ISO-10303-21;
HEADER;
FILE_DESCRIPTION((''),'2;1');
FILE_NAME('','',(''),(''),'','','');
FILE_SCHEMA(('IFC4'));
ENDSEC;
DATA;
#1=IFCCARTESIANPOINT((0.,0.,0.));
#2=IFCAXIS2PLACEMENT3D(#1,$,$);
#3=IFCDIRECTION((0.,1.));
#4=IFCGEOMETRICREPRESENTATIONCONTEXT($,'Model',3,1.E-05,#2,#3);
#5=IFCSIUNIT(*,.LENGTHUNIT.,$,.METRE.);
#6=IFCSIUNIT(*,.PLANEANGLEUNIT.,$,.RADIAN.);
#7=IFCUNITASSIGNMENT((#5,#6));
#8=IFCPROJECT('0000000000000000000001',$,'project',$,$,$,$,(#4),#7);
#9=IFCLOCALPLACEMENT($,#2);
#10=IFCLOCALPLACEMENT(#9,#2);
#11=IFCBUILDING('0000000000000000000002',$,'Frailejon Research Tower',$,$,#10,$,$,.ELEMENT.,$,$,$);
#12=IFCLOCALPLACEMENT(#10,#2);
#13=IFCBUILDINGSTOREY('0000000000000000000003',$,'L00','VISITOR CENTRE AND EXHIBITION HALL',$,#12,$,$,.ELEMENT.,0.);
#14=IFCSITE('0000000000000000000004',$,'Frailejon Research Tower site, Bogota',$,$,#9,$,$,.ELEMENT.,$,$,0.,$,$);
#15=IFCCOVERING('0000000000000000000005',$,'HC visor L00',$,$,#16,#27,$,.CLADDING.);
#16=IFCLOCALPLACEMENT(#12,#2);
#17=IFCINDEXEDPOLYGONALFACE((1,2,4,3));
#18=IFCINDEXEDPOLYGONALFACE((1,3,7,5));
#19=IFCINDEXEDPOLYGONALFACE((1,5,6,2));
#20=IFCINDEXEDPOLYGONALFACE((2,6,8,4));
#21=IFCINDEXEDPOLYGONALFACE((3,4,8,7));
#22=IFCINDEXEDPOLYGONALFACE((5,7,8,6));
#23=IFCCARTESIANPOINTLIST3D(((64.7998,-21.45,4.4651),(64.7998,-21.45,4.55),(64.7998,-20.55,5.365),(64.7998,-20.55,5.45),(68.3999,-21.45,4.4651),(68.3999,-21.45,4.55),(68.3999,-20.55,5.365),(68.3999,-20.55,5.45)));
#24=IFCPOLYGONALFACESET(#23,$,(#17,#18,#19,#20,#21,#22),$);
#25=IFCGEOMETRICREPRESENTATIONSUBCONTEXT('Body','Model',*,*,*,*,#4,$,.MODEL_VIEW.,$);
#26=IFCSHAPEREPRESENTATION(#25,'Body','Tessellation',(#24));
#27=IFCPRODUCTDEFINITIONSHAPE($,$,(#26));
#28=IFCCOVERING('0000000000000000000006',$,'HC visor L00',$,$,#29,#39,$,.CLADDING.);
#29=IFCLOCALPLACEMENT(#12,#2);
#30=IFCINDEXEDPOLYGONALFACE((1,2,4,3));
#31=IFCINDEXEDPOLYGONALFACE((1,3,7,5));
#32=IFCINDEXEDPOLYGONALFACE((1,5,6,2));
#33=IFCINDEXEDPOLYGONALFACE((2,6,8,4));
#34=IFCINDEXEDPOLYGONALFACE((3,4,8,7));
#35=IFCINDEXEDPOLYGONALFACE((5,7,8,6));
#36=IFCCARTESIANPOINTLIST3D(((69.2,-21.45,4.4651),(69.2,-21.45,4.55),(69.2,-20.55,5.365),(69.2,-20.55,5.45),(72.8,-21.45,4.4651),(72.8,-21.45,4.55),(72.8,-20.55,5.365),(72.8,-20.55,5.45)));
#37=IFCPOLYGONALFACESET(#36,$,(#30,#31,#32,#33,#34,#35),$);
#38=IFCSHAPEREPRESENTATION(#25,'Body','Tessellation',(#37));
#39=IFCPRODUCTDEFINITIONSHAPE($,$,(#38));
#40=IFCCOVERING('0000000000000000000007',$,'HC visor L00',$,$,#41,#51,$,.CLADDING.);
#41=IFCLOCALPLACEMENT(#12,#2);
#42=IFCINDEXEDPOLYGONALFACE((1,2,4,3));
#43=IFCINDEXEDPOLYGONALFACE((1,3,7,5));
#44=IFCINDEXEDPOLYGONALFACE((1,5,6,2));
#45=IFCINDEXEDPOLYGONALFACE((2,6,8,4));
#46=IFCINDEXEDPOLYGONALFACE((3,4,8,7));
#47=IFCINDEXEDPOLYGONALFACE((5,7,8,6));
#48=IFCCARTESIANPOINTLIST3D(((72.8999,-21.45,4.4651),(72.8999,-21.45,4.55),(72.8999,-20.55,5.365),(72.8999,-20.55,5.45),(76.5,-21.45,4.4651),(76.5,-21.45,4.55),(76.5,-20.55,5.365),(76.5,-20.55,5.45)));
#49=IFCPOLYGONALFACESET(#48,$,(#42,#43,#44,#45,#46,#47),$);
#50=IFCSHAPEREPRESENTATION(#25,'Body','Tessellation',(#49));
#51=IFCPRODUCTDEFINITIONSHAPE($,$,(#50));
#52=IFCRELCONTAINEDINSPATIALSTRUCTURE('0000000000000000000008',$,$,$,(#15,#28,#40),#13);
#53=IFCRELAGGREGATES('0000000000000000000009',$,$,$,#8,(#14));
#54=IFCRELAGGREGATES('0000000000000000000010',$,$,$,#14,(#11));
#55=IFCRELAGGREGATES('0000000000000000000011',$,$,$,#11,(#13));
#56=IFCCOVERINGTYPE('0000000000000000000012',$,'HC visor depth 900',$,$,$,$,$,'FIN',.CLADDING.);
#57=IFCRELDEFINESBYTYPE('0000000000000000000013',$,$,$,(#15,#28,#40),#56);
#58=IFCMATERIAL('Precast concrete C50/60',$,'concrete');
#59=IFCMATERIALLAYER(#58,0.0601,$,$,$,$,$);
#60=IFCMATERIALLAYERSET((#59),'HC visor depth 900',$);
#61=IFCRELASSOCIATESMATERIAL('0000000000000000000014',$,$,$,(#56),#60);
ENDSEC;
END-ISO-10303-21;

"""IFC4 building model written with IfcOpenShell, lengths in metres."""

from ifc_helpers import new_model, si_unit, direction, frame, origin, place, context, subcontext, project, spatial, polyline, outline, extrude, material, layer, layer_set, type_object, element, save


model = new_model("IFC4")

# Units and contexts
model_context = context("Model", 3, precision=1e-05, world=origin(), true_north=direction((0.0, 1.0)))
body_context = subcontext(model_context, "Body", "Model", "MODEL_VIEW")
ifc_project = project(units=[si_unit("LENGTHUNIT", "METRE"), si_unit("PLANEANGLEUNIT", "RADIAN")], contexts=[model_context])

# Site, building, storey
site_placement = place(None, origin())
site = spatial("IfcSite", under=ifc_project, at=site_placement, Name="Frailejon Research Tower site, Bogota", CompositionType="ELEMENT", RefElevation=0.0)
building_placement = place(site_placement, origin())
building = spatial("IfcBuilding", under=site, at=building_placement, Name="Frailejon Research Tower", CompositionType="ELEMENT")
storey_placement = place(building_placement, origin())
storey = spatial("IfcBuildingStorey", under=building, at=storey_placement, Name="L00", Description="VISITOR CENTRE AND EXHIBITION HALL", CompositionType="ELEMENT", Elevation=0.0)

# Coverings
ifc_material_1 = material(Name="Precast concrete C50/60", Category="concrete")
ifc_layer_1 = layer(ifc_material_1, 0.0601)
ifc_layer_set_1 = layer_set([ifc_layer_1], Name="HC visor depth 900")
covering_type = type_object("IfcCoveringType", Name="HC visor depth 900", ElementType="FIN", PredefinedType="CLADDING", material=ifc_layer_set_1)
for number, where, z_axis, x_axis, name in (
    (1, (68.3999, -20.55, 5.45), (-1.0, 0.0, 0.0), (0.0, -1.0, 0.0), "HC visor L00"),
    (2, (72.8, -20.55, 5.45), (-1.0, 0.0, 0.0), (0.0, -1.0, 0.0), "HC visor L00"),
    (3, (76.5, -20.55, 5.45), (-1.0, 0.0, 0.0), (0.0, -1.0, 0.0), "HC visor L00"),
):
    element("IfcCovering", number, at=place(storey_placement, frame(where, z_axis=z_axis, x_axis=x_axis)), inside=storey, type_object=covering_type, Name=name, PredefinedType="CLADDING", context=body_context, shape_type="SweptSolid", body=[
        extrude(outline(polyline([(0.0, -0.085), (0.8999, -0.9849), (0.8999, -0.8999), (0.0, 0.0), (0.0, -0.085)])), origin(), (0.0, 0.0, 1.0), 3.6001),
    ])

save(model, "model.ifc")
